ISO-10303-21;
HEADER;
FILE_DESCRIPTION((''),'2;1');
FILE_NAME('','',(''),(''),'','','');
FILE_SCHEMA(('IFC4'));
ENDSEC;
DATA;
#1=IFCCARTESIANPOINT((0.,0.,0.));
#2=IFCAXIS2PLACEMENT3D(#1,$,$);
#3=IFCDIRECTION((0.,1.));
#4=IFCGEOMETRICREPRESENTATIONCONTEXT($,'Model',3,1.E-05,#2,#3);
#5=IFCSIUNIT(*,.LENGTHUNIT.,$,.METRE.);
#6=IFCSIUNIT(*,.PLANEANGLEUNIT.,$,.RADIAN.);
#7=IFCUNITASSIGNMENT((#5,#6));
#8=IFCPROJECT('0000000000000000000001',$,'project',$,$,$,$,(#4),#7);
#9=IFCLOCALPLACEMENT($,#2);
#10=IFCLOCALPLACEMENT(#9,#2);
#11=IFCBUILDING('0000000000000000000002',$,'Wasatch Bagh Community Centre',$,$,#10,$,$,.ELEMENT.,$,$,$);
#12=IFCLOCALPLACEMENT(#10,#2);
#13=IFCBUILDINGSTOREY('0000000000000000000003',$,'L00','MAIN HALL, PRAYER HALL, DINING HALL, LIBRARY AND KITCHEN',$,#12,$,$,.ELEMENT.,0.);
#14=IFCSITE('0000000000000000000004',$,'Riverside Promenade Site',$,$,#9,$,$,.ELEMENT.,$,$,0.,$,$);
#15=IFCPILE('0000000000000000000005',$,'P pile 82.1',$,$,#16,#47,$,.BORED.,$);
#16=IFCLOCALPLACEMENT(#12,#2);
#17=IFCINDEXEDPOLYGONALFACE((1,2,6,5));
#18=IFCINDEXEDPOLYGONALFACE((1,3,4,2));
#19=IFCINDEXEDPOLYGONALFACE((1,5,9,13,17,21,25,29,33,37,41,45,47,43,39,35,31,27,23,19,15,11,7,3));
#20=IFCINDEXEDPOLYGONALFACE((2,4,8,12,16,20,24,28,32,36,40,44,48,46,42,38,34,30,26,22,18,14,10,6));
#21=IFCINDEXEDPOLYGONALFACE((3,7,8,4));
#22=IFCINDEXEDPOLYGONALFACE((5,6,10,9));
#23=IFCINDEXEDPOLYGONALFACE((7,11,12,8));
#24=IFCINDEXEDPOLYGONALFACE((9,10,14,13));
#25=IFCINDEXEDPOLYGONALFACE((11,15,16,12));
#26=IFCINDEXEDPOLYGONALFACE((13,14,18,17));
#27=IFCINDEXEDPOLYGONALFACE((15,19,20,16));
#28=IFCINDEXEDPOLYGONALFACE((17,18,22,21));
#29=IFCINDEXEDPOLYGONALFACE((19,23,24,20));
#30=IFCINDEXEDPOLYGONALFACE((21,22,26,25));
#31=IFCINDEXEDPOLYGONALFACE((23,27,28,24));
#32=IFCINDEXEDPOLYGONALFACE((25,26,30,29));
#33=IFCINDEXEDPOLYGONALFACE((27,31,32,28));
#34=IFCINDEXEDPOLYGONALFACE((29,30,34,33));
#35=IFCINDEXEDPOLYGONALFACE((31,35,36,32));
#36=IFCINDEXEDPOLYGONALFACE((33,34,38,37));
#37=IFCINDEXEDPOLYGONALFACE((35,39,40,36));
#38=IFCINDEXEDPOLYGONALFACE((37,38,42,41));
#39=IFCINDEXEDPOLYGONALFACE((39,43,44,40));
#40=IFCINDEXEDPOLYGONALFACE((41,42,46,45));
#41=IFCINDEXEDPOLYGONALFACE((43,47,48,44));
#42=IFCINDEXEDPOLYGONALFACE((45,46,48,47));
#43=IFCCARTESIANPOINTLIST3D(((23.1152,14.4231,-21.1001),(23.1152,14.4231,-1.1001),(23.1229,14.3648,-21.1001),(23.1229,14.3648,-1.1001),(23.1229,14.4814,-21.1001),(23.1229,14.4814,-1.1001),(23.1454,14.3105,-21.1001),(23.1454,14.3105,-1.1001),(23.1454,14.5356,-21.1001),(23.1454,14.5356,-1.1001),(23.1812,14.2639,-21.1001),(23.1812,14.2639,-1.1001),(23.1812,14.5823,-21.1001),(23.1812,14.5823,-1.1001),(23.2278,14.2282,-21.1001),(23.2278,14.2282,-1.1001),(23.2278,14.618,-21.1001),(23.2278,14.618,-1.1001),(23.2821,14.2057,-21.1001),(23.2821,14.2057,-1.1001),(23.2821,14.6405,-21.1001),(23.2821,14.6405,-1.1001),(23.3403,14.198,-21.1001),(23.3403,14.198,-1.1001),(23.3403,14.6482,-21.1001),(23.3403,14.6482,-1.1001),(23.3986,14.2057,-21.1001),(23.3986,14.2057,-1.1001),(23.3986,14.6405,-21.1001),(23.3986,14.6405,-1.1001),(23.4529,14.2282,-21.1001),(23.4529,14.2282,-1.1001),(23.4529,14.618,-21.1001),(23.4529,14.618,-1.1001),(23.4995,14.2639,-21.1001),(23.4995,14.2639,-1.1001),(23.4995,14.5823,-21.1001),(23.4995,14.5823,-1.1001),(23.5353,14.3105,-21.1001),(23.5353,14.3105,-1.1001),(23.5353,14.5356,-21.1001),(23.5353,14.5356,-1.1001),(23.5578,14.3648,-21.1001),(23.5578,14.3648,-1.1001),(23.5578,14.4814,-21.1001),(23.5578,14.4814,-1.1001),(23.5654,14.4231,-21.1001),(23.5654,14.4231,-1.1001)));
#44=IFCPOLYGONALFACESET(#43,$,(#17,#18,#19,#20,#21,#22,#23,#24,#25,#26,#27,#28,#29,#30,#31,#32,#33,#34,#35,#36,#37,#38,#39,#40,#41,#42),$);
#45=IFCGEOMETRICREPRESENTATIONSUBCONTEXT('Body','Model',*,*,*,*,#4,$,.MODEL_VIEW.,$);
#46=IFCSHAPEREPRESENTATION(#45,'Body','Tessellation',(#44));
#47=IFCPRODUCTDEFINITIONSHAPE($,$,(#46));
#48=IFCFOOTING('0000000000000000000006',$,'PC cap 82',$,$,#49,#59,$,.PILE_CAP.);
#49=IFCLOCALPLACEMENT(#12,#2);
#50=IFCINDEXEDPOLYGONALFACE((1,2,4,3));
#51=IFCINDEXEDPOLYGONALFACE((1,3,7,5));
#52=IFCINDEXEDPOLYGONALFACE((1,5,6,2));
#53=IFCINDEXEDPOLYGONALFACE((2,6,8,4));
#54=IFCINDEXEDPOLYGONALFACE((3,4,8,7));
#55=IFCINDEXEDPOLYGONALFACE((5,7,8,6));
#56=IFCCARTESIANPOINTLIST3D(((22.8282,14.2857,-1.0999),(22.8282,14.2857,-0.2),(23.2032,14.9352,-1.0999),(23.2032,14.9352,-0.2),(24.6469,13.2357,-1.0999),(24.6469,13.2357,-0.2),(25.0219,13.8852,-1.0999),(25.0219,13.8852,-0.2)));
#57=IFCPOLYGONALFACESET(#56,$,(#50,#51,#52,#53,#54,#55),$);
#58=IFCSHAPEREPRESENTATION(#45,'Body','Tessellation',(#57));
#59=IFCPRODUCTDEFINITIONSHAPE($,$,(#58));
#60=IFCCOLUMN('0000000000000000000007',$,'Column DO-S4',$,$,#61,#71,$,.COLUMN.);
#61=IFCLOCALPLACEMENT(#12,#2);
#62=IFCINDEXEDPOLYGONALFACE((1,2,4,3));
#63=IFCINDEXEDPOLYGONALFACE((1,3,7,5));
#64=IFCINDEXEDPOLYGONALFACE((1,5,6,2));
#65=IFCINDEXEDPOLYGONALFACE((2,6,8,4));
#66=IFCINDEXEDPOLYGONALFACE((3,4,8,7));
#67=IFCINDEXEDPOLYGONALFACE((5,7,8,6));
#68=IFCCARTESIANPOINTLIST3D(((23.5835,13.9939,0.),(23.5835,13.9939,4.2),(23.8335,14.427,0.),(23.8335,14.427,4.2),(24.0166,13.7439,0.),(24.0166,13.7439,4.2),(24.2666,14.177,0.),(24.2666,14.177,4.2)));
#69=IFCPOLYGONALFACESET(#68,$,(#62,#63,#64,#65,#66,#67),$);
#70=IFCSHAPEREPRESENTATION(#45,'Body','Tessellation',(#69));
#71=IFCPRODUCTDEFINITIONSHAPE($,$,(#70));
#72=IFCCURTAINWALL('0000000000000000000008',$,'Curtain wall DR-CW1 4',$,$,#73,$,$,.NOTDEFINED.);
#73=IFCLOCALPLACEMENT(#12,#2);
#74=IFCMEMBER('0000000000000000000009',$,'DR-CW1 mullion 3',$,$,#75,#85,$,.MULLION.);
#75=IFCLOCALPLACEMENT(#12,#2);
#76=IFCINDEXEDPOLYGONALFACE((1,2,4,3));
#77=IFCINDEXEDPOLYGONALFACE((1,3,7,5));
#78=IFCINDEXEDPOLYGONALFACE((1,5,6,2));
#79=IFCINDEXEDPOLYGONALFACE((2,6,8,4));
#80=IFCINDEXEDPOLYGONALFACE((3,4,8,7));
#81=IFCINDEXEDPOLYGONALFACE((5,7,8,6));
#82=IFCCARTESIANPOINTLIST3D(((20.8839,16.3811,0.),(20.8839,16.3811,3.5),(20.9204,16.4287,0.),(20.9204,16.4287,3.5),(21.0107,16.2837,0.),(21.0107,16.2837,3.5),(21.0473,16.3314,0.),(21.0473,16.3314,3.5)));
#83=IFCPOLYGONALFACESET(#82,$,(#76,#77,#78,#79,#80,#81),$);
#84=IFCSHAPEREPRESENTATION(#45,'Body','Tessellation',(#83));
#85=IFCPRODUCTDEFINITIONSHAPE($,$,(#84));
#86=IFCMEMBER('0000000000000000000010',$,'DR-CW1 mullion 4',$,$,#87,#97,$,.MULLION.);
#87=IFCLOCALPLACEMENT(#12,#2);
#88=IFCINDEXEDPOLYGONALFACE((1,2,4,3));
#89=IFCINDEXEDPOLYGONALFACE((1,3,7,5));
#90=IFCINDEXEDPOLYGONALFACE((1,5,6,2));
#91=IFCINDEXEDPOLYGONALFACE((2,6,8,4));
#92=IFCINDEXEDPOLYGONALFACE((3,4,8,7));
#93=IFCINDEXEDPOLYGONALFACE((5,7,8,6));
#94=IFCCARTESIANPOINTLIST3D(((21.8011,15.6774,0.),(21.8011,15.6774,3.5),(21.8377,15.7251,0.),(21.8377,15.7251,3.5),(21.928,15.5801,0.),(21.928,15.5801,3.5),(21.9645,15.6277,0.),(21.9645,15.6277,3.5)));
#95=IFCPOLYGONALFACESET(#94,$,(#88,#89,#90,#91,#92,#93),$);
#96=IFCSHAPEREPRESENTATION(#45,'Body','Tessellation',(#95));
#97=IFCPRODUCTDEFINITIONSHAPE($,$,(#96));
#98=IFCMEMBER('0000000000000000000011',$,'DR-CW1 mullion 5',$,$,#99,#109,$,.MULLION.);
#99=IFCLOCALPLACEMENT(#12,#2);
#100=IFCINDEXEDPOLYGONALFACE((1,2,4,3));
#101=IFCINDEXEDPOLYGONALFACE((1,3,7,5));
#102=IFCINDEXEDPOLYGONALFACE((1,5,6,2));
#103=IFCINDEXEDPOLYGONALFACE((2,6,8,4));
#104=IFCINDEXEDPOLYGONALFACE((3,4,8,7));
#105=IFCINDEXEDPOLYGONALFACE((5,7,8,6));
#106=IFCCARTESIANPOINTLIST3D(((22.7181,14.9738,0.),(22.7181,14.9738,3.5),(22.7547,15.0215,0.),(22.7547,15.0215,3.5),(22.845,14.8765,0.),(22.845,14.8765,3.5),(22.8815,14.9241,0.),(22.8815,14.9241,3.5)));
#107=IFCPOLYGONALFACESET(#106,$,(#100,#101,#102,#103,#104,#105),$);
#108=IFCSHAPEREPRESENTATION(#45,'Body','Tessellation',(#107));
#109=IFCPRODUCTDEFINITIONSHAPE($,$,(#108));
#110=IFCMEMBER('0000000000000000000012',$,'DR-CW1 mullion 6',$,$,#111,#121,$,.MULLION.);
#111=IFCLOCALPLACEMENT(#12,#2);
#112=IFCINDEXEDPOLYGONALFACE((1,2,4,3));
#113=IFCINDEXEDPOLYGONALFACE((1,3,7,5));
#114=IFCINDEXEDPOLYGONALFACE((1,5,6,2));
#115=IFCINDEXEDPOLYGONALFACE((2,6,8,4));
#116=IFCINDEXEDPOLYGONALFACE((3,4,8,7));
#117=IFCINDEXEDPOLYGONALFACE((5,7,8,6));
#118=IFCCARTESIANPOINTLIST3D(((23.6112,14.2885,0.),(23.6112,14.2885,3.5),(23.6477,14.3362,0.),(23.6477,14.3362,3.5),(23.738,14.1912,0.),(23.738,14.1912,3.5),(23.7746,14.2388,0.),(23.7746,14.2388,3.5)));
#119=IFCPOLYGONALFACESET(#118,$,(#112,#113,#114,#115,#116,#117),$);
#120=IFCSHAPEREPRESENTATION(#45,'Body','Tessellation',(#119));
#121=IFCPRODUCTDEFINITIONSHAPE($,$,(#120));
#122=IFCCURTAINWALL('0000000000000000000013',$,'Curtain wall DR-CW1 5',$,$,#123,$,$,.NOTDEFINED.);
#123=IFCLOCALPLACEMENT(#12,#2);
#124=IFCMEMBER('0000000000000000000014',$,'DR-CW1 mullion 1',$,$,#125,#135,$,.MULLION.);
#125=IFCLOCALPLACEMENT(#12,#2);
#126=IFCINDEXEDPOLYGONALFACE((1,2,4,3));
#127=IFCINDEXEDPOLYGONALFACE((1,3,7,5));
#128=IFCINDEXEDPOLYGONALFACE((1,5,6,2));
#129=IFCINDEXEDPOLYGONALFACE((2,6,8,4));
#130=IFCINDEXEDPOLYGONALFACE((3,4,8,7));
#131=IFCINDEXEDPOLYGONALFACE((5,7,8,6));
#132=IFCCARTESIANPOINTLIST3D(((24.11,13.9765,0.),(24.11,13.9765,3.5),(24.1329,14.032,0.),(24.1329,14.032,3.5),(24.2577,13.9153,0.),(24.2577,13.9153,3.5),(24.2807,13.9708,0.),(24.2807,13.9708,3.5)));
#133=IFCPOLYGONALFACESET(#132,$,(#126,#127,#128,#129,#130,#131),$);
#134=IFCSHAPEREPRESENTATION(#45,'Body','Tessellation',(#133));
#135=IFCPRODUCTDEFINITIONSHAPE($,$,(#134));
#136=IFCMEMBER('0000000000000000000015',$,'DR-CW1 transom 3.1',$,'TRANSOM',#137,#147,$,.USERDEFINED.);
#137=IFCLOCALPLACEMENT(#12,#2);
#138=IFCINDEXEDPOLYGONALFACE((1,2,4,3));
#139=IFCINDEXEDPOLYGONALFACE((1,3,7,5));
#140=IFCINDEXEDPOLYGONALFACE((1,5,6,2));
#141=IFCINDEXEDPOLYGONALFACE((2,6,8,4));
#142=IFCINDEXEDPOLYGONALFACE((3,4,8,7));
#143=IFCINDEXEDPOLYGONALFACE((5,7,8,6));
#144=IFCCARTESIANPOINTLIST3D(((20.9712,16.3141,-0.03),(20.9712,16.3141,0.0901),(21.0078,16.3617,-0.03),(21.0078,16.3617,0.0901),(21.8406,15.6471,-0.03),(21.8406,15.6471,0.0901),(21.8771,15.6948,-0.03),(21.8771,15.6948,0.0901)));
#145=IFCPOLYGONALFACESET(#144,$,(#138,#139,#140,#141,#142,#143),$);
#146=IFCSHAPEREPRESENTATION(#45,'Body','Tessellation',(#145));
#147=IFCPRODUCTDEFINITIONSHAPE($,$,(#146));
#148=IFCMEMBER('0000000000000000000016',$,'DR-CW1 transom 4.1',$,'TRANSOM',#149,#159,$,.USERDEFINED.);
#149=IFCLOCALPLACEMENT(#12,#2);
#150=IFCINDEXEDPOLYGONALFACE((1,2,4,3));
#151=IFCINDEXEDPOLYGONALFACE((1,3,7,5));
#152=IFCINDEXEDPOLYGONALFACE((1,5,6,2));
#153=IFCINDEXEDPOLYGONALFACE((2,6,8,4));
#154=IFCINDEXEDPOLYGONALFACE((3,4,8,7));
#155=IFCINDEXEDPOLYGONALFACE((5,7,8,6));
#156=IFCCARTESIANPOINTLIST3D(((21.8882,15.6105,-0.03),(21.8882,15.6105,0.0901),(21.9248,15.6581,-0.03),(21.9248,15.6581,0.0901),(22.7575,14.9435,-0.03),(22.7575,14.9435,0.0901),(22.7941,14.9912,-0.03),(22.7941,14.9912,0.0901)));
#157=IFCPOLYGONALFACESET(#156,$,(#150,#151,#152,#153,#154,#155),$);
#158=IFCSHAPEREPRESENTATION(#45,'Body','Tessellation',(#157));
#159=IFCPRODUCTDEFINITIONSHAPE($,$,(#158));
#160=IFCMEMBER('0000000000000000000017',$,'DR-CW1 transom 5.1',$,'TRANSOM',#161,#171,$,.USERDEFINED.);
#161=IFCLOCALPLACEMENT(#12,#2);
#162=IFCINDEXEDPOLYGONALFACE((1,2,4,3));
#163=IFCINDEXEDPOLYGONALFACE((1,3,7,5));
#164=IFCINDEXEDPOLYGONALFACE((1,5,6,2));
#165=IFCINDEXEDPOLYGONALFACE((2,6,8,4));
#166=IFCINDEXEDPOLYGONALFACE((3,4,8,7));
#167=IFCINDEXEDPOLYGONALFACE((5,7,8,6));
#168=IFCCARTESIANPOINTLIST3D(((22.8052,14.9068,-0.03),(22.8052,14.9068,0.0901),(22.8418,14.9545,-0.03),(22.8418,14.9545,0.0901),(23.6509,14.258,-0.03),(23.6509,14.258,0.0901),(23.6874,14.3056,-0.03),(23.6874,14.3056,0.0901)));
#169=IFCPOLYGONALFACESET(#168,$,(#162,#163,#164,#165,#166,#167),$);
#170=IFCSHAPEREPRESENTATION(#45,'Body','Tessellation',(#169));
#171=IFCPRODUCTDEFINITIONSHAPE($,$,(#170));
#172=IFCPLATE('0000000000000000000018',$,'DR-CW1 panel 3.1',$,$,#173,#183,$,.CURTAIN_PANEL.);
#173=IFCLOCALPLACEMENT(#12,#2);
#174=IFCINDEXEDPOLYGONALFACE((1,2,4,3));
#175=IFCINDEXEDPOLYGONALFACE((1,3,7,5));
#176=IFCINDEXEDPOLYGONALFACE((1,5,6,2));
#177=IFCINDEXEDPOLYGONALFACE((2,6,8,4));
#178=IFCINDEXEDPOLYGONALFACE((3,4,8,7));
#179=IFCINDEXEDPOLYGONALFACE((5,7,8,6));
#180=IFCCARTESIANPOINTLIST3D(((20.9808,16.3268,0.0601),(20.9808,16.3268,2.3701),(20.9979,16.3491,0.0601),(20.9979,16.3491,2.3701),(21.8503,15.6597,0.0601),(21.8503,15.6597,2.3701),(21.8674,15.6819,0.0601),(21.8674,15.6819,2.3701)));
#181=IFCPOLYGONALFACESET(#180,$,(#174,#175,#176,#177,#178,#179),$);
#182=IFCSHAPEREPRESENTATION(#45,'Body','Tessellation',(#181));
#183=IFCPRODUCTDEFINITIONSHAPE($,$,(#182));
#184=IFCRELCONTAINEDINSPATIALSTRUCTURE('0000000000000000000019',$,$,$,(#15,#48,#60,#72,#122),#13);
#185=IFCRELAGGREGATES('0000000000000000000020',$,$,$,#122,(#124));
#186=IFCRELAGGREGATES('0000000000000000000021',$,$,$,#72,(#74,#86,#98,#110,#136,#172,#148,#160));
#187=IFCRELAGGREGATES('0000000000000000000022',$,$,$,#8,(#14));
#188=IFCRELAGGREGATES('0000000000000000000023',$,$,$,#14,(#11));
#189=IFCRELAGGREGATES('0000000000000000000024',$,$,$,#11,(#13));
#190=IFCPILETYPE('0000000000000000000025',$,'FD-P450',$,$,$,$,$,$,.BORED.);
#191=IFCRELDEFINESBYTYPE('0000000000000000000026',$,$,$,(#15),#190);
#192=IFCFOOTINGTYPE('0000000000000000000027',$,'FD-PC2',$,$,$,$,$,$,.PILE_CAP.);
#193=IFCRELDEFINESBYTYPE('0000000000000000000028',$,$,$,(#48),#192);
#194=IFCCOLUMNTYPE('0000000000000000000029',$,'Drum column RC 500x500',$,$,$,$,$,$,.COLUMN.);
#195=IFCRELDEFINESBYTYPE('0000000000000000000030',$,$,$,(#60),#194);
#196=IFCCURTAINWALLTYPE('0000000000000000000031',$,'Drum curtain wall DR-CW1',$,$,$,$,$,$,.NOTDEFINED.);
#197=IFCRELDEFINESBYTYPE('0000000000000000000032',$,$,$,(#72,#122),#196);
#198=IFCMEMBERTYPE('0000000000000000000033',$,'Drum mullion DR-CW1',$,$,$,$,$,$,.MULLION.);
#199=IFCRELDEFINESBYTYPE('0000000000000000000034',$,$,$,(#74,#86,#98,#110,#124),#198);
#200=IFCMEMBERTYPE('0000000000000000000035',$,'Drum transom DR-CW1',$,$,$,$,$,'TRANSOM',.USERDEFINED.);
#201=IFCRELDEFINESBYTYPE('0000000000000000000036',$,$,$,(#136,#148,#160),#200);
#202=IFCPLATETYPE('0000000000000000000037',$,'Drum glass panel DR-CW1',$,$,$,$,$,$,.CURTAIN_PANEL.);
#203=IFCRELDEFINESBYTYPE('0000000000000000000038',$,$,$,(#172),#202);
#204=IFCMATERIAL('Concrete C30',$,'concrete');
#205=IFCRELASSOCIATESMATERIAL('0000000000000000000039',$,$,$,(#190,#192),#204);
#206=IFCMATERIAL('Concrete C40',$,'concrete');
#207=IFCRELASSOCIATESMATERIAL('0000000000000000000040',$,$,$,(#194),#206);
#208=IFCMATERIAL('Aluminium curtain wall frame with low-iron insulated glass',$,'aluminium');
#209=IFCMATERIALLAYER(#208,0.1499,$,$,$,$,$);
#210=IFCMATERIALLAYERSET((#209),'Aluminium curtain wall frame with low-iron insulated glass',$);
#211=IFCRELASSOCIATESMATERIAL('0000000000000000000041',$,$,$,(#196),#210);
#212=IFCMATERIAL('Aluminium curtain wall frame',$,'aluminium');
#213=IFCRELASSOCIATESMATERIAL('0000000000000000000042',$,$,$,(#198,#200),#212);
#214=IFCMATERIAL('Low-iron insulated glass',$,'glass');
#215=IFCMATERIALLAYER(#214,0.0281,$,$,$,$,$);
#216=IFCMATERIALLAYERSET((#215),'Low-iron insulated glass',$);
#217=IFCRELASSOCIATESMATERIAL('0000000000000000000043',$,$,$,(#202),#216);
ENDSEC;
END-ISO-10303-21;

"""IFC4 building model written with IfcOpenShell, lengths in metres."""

from ifc_helpers import new_model, si_unit, direction, frame, origin, origin_2d, place, context, subcontext, project, spatial, rectangle, circle, extrude, material, layer, layer_set, material_profile, profile_set, type_object, element, aggregate, save


model = new_model("IFC4")

# Units and contexts
model_context = context("Model", 3, precision=1e-05, world=origin(), true_north=direction((0.0, 1.0)))
body_context = subcontext(model_context, "Body", "Model", "MODEL_VIEW")
ifc_project = project(units=[si_unit("LENGTHUNIT", "METRE"), si_unit("PLANEANGLEUNIT", "RADIAN")], contexts=[model_context])

# Site, building, storey
site_placement = place(None, origin())
site = spatial("IfcSite", under=ifc_project, at=site_placement, Name="Riverside Promenade Site", CompositionType="ELEMENT", RefElevation=0.0)
building_placement = place(site_placement, origin())
building = spatial("IfcBuilding", under=site, at=building_placement, Name="Wasatch Bagh Community Centre", CompositionType="ELEMENT")
storey_placement = place(building_placement, origin())
storey = spatial("IfcBuildingStorey", under=building, at=storey_placement, Name="L00", Description="MAIN HALL, PRAYER HALL, DINING HALL, LIBRARY AND KITCHEN", CompositionType="ELEMENT", Elevation=0.0)

# Pile
ifc_material_1 = material(Name="Concrete C30", Category="concrete")
ifc_material_profile_1 = material_profile(ifc_material_1, circle(Radius=0.2251, at=origin_2d()), Name="RC D450")
ifc_profile_set_1 = profile_set([ifc_material_profile_1], Name="Concrete C30")
pile_type = type_object("IfcPileType", Name="FD-P450", PredefinedType="BORED", material=ifc_profile_set_1)
pile_placement = place(storey_placement, frame((23.3403, 14.4231, -1.1001), z_axis=(0.0, 0.0, -1.0), x_axis=(1.0, 0.0, 0.0)))
element("IfcPile", 1, at=pile_placement, inside=storey, type_object=pile_type, Name="P pile 82.1", PredefinedType="BORED", context=body_context, shape_type="SweptSolid", body=[
    extrude(circle(Radius=0.2251, at=origin_2d()), origin(), (0.0, 0.0, 1.0), 20.0),
])

# Footing
footing_type = type_object("IfcFootingType", Name="FD-PC2", PredefinedType="PILE_CAP", material=ifc_material_1)
footing_placement = place(storey_placement, frame((23.925, 14.0854, -1.0999), z_axis=(0.0, 0.0, 1.0), x_axis=(0.866025, -0.5, 0.0)))
element("IfcFooting", 2, at=footing_placement, inside=storey, type_object=footing_type, Name="PC cap 82", PredefinedType="PILE_CAP", context=body_context, shape_type="SweptSolid", body=[
    extrude(rectangle(XDim=2.1001, YDim=0.75, at=origin_2d()), origin(), (0.0, 0.0, 1.0), 0.8999),
])

# Column
ifc_material_2 = material(Name="Concrete C40", Category="concrete")
ifc_material_profile_2 = material_profile(ifc_material_2, rectangle(XDim=0.5, YDim=0.5, at=origin_2d()), Name="RC 500x500")
ifc_profile_set_2 = profile_set([ifc_material_profile_2], Name="Concrete C40")
column_type = type_object("IfcColumnType", Name="Drum column RC 500x500", PredefinedType="COLUMN", material=ifc_profile_set_2)
column_placement = place(storey_placement, frame((23.925, 14.0854, 0.0), z_axis=(0.0, 0.0, 1.0), x_axis=(0.5, 0.866025, 0.0)))
element("IfcColumn", 3, at=column_placement, inside=storey, type_object=column_type, Name="Column DO-S4", PredefinedType="COLUMN", context=body_context, shape_type="SweptSolid", body=[
    extrude(rectangle(XDim=0.5, YDim=0.5, at=origin_2d()), origin(), (0.0, 0.0, 1.0), 4.2),
])

# Curtain wall, members
ifc_material_3 = material(Name="Aluminium curtain wall frame with low-iron insulated glass", Category="aluminium")
ifc_layer_1 = layer(ifc_material_3, 0.1499)
ifc_layer_set_1 = layer_set([ifc_layer_1], Name="Aluminium curtain wall frame with low-iron insulated glass")
curtain_wall_type = type_object("IfcCurtainWallType", Name="Drum curtain wall DR-CW1", PredefinedType="NOTDEFINED", material=ifc_layer_set_1)
curtain_wall_1_placement = place(storey_placement, origin())
curtain_wall_1 = element("IfcCurtainWall", 4, at=curtain_wall_1_placement, inside=storey, type_object=curtain_wall_type, Name="Curtain wall DR-CW1 4", PredefinedType="NOTDEFINED")
ifc_material_4 = material(Name="Aluminium curtain wall frame", Category="aluminium")
ifc_material_profile_3 = material_profile(ifc_material_4, rectangle(XDim=0.0601, YDim=0.1599, at=origin_2d()), Name="Drum mullion DR-CW1")
ifc_profile_set_3 = profile_set([ifc_material_profile_3], Name="Aluminium curtain wall frame")
member_type_1 = type_object("IfcMemberType", Name="Drum mullion DR-CW1", PredefinedType="MULLION", material=ifc_profile_set_3)
member_1_placement = place(storey_placement, frame((20.9656, 16.3562, 0.0), z_axis=(0.0, 0.0, 1.0), x_axis=(0.608761, 0.793353, 0.0)))
member_1 = element("IfcMember", 5, at=member_1_placement, type_object=member_type_1, Name="DR-CW1 mullion 3", PredefinedType="MULLION", context=body_context, shape_type="SweptSolid", body=[
    extrude(rectangle(XDim=0.0601, YDim=0.1599, at=origin_2d()), origin(), (0.0, 0.0, 1.0), 3.5),
])
member_2_placement = place(storey_placement, frame((21.8828, 15.6526, 0.0), z_axis=(0.0, 0.0, 1.0), x_axis=(0.608761, 0.793353, 0.0)))
member_2 = element("IfcMember", 6, at=member_2_placement, type_object=member_type_1, Name="DR-CW1 mullion 4", PredefinedType="MULLION", context=body_context, shape_type="SweptSolid", body=[
    extrude(rectangle(XDim=0.0601, YDim=0.1599, at=origin_2d()), origin(), (0.0, 0.0, 1.0), 3.5),
])
member_3_placement = place(storey_placement, frame((22.7998, 14.949, 0.0), z_axis=(0.0, 0.0, 1.0), x_axis=(0.608761, 0.793353, 0.0)))
member_3 = element("IfcMember", 7, at=member_3_placement, type_object=member_type_1, Name="DR-CW1 mullion 5", PredefinedType="MULLION", context=body_context, shape_type="SweptSolid", body=[
    extrude(rectangle(XDim=0.0601, YDim=0.1599, at=origin_2d()), origin(), (0.0, 0.0, 1.0), 3.5),
])
member_4_placement = place(storey_placement, frame((23.6929, 14.2637, 0.0), z_axis=(0.0, 0.0, 1.0), x_axis=(0.608761, 0.793353, 0.0)))
member_4 = element("IfcMember", 8, at=member_4_placement, type_object=member_type_1, Name="DR-CW1 mullion 6", PredefinedType="MULLION", context=body_context, shape_type="SweptSolid", body=[
    extrude(rectangle(XDim=0.0601, YDim=0.1599, at=origin_2d()), origin(), (0.0, 0.0, 1.0), 3.5),
])

# Curtain wall, member
curtain_wall_2_placement = place(storey_placement, origin())
curtain_wall_2 = element("IfcCurtainWall", 9, at=curtain_wall_2_placement, inside=storey, type_object=curtain_wall_type, Name="Curtain wall DR-CW1 5", PredefinedType="NOTDEFINED")
member_5_placement = place(storey_placement, frame((24.1953, 13.9736, 0.0), z_axis=(0.0, 0.0, 1.0), x_axis=(0.382683, 0.92388, 0.0)))
member_5 = element("IfcMember", 10, at=member_5_placement, type_object=member_type_1, Name="DR-CW1 mullion 1", PredefinedType="MULLION", context=body_context, shape_type="SweptSolid", body=[
    extrude(rectangle(XDim=0.0601, YDim=0.1599, at=origin_2d()), origin(), (0.0, 0.0, 1.0), 3.5),
])
aggregate(curtain_wall_2, [member_5])

# Members
ifc_material_profile_4 = material_profile(ifc_material_4, rectangle(XDim=0.0601, YDim=0.1201, at=origin_2d()), Name="Drum transom DR-CW1")
ifc_profile_set_4 = profile_set([ifc_material_profile_4], Name="Aluminium curtain wall frame")
member_type_2 = type_object("IfcMemberType", Name="Drum transom DR-CW1", ElementType="TRANSOM", PredefinedType="USERDEFINED", material=ifc_profile_set_4)
member_6_placement = place(storey_placement, frame((20.9895, 16.3379, 0.03), z_axis=(0.793402, -0.608698, 0.0), x_axis=(0.608698, 0.793402, 0.0)))
member_6 = element("IfcMember", 11, at=member_6_placement, type_object=member_type_2, Name="DR-CW1 transom 3.1", ObjectType="TRANSOM", PredefinedType="USERDEFINED", context=body_context, shape_type="SweptSolid", body=[
    extrude(rectangle(XDim=0.0601, YDim=0.1201, at=origin_2d()), origin(), (0.0, 0.0, 1.0), 1.0957),
])
member_7_placement = place(storey_placement, frame((21.9065, 15.6343, 0.03), z_axis=(0.793402, -0.608698, 0.0), x_axis=(0.608698, 0.793402, 0.0)))
member_7 = element("IfcMember", 12, at=member_7_placement, type_object=member_type_2, Name="DR-CW1 transom 4.1", ObjectType="TRANSOM", PredefinedType="USERDEFINED", context=body_context, shape_type="SweptSolid", body=[
    extrude(rectangle(XDim=0.0601, YDim=0.1201, at=origin_2d()), origin(), (0.0, 0.0, 1.0), 1.0957),
])
member_8_placement = place(storey_placement, frame((22.8235, 14.9307, 0.03), z_axis=(0.793356, -0.608758, 0.0), x_axis=(0.608758, 0.793356, 0.0)))
member_8 = element("IfcMember", 13, at=member_8_placement, type_object=member_type_2, Name="DR-CW1 transom 5.1", ObjectType="TRANSOM", PredefinedType="USERDEFINED", context=body_context, shape_type="SweptSolid", body=[
    extrude(rectangle(XDim=0.0601, YDim=0.1201, at=origin_2d()), origin(), (0.0, 0.0, 1.0), 1.0659),
])

# Plate
ifc_material_5 = material(Name="Low-iron insulated glass", Category="glass")
ifc_layer_2 = layer(ifc_material_5, 0.0281)
ifc_layer_set_2 = layer_set([ifc_layer_2], Name="Low-iron insulated glass")
plate_type = type_object("IfcPlateType", Name="Drum glass panel DR-CW1", PredefinedType="CURTAIN_PANEL", material=ifc_layer_set_2)
plate_1_placement = place(storey_placement, frame((21.4241, 16.0044, 0.0601), z_axis=(0.0, 0.0, 1.0), x_axis=(0.793353, -0.608761, 0.0)))
plate_1 = element("IfcPlate", 14, at=plate_1_placement, type_object=plate_type, Name="DR-CW1 panel 3.1", PredefinedType="CURTAIN_PANEL", context=body_context, shape_type="SweptSolid", body=[
    extrude(rectangle(XDim=1.0959, YDim=0.0281, at=origin_2d()), origin(), (0.0, 0.0, 1.0), 2.3101),
])
aggregate(curtain_wall_1, [member_1, member_2, member_3, member_4, member_6, plate_1, member_7, member_8])

save(model, "model.ifc")
